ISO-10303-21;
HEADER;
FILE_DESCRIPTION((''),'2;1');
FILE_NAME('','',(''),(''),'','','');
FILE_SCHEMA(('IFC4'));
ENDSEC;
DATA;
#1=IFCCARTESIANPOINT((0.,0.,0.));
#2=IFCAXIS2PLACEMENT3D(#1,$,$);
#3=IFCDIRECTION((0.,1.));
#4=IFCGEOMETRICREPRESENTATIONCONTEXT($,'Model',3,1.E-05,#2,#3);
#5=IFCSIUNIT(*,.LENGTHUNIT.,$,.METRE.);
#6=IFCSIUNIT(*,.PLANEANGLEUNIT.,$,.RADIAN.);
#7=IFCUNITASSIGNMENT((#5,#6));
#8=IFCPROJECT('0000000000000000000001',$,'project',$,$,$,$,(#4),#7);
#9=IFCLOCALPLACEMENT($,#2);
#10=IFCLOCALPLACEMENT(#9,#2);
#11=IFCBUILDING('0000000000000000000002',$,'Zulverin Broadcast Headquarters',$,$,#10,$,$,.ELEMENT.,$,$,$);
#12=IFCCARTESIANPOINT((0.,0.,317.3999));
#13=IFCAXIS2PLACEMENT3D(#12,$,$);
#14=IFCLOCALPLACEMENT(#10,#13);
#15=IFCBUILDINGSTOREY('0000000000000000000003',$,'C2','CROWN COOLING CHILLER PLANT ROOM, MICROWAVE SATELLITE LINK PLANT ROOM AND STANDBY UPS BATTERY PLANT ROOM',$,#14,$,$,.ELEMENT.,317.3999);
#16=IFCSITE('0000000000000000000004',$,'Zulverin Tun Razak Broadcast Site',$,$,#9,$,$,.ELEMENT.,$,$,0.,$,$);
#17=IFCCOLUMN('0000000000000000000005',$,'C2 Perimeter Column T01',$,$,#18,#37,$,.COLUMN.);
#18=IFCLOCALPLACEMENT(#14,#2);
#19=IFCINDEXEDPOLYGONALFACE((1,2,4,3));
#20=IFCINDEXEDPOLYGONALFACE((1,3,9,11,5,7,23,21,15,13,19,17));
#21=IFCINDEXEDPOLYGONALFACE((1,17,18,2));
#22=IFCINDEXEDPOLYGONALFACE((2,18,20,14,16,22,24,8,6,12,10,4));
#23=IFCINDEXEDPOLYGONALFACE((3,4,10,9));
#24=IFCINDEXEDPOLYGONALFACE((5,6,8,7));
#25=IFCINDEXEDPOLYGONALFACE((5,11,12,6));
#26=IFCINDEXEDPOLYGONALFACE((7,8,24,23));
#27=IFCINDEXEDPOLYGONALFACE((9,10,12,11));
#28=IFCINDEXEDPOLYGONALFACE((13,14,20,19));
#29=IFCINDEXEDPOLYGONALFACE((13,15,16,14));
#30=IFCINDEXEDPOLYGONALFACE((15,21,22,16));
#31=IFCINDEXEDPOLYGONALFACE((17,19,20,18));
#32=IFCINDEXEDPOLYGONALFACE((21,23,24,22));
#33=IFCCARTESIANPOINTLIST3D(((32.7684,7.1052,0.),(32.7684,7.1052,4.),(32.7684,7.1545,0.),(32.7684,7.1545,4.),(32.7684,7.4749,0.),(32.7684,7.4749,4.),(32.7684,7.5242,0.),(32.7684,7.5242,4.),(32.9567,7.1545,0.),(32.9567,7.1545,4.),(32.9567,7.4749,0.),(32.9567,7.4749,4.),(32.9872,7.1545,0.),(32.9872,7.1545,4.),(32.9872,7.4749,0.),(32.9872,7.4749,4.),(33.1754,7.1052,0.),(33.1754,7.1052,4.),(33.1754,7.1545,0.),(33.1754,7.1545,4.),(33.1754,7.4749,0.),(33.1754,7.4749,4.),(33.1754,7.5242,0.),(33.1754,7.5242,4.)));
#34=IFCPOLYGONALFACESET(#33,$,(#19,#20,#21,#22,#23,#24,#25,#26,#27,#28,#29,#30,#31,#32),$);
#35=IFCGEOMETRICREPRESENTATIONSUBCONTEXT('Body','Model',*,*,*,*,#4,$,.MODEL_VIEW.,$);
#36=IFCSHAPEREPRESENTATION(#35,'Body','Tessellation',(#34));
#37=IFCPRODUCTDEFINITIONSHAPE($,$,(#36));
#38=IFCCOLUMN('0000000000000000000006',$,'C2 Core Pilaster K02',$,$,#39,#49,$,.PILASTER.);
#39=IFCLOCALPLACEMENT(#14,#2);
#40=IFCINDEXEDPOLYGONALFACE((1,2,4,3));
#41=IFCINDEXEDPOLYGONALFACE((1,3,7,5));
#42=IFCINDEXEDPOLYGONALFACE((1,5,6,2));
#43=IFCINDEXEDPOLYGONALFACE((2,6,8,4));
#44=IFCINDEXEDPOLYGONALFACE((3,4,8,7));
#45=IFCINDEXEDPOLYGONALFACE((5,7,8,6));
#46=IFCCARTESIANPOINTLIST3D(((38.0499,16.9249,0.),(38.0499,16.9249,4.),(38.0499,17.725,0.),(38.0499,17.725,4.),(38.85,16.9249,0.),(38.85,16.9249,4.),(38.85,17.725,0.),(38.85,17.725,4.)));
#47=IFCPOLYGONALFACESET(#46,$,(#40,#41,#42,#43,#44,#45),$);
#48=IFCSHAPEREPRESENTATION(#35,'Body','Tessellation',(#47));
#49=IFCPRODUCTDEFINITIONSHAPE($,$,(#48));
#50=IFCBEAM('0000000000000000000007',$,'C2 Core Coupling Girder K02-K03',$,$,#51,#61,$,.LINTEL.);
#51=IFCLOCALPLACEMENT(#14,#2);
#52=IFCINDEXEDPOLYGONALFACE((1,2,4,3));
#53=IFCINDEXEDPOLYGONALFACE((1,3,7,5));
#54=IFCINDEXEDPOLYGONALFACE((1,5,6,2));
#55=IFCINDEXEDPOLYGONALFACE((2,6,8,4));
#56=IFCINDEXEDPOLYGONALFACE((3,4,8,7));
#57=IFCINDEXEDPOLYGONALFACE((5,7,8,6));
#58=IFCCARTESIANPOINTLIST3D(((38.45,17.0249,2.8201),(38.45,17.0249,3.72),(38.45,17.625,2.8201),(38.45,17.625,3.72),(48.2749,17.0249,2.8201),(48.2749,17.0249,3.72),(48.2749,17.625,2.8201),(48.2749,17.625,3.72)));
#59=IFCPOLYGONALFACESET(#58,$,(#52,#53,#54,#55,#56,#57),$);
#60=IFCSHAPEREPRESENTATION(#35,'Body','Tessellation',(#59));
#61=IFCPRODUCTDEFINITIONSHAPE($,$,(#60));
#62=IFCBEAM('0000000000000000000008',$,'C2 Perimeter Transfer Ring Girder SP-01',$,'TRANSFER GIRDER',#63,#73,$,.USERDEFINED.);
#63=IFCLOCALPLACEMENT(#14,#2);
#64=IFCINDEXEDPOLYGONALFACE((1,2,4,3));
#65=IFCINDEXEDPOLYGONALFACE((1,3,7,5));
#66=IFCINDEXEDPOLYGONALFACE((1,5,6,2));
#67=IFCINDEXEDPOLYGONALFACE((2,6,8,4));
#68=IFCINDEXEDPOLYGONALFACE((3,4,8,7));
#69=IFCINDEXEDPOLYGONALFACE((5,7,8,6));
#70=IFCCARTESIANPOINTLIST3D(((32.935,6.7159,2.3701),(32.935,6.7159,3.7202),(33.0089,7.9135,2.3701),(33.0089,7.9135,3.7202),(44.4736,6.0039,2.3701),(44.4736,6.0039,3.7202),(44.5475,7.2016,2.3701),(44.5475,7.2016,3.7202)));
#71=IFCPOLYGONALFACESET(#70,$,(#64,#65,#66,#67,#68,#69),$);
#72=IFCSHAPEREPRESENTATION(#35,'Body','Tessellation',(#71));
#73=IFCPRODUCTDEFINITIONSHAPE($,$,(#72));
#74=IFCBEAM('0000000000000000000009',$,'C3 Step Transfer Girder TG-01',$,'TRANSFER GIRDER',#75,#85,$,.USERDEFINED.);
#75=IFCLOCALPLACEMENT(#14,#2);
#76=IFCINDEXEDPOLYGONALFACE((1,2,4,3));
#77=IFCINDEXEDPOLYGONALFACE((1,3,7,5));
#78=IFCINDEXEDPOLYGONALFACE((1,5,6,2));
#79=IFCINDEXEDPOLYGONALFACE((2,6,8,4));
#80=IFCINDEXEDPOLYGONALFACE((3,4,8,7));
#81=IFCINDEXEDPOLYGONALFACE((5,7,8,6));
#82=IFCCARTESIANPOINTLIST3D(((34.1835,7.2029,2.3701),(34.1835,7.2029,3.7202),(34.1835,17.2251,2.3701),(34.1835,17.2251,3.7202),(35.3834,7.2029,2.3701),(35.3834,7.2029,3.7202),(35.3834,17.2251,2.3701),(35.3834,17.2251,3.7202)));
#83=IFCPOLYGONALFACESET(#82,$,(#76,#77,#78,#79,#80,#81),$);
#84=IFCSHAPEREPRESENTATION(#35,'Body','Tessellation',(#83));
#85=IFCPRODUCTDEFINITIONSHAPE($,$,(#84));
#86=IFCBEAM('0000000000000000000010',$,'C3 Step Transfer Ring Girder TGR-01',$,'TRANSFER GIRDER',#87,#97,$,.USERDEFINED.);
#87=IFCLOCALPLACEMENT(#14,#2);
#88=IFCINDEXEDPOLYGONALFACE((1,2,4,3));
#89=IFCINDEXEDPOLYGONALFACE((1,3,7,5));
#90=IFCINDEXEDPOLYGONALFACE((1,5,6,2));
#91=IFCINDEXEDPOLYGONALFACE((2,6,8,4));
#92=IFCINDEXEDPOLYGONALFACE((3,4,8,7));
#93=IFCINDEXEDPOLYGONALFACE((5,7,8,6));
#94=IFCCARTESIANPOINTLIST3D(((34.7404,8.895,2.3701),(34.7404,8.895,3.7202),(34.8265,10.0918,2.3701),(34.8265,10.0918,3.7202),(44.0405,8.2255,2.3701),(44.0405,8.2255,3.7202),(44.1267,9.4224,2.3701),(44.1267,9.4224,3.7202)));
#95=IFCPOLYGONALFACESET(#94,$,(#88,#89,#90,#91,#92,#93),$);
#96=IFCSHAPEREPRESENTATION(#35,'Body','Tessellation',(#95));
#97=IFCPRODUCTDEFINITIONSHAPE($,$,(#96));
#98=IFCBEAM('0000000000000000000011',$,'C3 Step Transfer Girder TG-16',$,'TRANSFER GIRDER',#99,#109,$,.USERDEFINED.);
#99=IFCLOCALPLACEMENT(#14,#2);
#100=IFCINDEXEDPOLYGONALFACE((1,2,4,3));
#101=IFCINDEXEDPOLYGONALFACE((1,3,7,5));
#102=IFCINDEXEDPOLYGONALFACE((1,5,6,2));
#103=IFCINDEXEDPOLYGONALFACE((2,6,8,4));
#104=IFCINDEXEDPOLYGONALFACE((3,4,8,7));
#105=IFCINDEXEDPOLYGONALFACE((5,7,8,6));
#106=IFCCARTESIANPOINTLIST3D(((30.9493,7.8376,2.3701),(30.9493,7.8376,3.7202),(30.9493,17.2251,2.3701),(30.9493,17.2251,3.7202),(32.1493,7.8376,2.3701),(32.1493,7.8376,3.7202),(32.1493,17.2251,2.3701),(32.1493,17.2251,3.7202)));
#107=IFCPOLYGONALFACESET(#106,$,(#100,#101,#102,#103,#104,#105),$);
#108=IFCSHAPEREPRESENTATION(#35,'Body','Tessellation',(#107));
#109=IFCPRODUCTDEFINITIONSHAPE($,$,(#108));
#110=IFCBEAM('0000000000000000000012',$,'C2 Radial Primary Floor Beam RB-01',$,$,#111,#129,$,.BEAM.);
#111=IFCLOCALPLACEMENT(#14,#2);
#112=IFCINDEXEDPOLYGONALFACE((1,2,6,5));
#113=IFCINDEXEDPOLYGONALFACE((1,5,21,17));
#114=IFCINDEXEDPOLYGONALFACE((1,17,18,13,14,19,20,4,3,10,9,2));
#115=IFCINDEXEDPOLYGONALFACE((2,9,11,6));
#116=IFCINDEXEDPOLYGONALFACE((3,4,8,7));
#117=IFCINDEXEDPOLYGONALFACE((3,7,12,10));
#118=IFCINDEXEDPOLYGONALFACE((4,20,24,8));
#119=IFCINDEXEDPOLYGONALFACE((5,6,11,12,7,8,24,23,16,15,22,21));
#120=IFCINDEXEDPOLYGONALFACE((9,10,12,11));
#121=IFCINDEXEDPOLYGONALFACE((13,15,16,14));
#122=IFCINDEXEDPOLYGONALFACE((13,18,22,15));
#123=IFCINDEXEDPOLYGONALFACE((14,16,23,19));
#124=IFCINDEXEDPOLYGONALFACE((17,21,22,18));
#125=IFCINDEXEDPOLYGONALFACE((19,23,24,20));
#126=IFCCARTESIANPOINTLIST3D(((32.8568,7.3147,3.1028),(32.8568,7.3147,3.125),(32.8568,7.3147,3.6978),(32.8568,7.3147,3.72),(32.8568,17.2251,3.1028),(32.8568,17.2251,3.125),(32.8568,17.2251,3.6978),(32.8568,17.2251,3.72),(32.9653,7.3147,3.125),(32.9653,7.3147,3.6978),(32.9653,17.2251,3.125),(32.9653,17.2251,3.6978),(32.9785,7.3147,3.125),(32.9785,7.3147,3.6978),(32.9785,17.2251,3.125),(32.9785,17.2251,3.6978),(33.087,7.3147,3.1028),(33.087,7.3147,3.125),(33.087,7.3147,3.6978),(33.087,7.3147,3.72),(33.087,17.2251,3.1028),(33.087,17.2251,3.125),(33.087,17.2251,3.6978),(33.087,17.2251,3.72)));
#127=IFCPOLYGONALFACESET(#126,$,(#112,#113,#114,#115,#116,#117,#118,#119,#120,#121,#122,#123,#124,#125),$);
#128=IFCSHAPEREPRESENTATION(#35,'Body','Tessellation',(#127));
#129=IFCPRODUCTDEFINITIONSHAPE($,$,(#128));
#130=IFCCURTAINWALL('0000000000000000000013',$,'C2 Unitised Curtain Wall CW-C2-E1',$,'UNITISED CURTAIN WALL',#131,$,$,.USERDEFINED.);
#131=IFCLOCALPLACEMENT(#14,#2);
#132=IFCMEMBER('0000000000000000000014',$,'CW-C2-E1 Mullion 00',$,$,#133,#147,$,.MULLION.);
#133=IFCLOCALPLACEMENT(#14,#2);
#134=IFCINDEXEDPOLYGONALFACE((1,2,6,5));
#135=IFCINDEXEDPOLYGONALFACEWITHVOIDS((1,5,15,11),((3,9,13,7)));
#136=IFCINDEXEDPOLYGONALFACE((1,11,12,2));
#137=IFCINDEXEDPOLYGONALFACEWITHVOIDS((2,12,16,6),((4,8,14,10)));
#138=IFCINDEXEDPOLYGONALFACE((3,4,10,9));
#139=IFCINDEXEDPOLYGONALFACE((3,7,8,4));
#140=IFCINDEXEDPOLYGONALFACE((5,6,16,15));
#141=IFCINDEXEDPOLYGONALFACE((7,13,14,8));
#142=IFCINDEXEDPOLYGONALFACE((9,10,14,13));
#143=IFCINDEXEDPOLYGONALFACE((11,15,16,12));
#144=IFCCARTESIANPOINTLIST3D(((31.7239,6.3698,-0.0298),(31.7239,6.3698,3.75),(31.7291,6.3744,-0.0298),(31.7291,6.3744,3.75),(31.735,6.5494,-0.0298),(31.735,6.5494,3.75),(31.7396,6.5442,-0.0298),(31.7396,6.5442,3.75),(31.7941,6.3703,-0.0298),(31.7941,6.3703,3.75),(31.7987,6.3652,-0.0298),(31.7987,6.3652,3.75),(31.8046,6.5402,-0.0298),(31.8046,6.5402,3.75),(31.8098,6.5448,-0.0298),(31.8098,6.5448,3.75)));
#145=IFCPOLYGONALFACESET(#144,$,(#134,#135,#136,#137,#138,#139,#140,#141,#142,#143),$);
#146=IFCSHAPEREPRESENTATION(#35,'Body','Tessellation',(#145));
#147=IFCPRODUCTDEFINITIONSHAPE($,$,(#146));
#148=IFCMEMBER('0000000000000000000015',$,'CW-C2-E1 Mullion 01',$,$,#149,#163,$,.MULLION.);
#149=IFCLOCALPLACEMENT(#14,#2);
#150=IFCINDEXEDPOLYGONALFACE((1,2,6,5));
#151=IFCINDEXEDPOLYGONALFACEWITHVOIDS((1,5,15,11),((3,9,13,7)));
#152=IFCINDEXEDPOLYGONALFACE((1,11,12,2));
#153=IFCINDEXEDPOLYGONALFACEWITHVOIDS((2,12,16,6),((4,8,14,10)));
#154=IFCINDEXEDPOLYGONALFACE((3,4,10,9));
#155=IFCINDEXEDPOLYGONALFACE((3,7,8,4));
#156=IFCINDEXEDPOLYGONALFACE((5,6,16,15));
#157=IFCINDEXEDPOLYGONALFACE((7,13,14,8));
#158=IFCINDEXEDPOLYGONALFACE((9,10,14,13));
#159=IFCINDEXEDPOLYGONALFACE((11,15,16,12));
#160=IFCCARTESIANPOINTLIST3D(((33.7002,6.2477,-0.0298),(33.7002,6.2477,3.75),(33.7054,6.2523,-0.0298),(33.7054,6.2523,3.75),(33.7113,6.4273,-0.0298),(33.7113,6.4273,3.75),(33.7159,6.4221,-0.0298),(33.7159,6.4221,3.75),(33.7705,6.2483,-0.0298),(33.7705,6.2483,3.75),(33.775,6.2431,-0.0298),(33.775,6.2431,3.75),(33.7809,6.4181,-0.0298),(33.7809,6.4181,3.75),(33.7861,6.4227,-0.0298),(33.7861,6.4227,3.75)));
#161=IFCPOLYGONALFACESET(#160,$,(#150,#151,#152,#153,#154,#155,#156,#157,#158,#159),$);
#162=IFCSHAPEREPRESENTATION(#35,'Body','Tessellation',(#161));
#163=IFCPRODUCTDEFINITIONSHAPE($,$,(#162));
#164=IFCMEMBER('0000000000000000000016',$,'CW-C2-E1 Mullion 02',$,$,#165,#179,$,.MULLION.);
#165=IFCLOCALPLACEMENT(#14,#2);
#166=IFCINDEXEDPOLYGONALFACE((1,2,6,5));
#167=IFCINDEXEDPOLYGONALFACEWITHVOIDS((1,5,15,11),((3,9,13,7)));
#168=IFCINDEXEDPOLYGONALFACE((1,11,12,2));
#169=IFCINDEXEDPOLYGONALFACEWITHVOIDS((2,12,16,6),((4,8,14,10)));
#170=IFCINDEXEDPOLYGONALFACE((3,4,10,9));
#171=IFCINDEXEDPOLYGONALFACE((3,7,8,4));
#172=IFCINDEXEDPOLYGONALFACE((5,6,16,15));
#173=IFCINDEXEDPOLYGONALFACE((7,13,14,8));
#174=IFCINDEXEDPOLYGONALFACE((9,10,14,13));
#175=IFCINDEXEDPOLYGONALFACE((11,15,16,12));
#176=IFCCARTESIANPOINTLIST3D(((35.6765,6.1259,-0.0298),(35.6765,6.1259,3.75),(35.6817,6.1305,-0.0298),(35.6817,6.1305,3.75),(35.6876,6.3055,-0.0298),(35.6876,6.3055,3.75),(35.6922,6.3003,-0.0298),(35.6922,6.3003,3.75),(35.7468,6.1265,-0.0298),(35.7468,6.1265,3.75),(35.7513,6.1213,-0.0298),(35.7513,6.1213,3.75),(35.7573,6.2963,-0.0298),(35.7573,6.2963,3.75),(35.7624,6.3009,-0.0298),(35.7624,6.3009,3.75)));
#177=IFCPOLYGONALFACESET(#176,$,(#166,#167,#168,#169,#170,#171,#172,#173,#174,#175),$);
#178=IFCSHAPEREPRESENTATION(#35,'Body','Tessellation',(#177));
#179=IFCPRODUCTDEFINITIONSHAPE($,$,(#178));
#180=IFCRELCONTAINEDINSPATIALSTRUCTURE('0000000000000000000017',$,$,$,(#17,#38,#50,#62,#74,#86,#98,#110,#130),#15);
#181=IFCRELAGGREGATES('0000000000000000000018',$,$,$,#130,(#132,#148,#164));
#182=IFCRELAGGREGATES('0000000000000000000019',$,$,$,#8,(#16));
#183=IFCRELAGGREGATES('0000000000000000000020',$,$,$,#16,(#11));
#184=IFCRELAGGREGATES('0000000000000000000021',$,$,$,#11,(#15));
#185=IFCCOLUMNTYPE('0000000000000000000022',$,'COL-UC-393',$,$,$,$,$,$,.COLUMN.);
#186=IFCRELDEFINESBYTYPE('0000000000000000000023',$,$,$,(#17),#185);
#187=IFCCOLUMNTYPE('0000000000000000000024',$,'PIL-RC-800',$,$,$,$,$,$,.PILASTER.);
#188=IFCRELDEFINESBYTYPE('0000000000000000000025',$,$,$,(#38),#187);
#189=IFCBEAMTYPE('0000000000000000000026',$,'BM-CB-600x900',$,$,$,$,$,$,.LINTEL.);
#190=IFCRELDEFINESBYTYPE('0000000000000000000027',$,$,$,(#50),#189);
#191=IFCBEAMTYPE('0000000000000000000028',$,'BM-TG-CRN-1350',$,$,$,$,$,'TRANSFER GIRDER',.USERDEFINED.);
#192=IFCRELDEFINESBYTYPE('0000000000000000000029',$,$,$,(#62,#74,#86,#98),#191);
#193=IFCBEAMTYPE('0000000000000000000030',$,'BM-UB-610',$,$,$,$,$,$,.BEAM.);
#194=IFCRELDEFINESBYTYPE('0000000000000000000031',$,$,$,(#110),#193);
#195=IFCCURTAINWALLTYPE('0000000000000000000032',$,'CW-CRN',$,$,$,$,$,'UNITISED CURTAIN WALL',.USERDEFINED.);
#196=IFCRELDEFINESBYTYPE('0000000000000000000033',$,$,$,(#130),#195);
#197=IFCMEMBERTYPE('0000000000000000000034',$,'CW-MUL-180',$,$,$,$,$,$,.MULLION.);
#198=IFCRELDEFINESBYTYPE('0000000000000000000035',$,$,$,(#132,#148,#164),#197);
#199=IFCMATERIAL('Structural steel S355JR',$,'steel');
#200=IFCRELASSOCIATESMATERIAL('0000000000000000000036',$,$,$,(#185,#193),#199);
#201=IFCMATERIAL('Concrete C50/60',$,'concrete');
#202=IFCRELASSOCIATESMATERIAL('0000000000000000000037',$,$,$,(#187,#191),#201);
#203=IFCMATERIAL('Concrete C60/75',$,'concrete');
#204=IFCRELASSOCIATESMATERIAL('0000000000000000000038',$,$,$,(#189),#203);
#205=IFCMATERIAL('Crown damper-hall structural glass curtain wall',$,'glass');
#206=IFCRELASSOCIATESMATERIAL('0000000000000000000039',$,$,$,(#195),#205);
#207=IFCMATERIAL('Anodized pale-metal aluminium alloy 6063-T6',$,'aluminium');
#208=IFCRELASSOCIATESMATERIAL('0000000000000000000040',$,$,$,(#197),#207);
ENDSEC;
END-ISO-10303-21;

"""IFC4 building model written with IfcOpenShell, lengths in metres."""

from ifc_helpers import new_model, si_unit, direction, frame, origin, origin_2d, place, context, subcontext, project, spatial, rectangle, hollow_rectangle, i_section, extrude, material, material_profile, profile_set, type_object, element, aggregate, save


model = new_model("IFC4")

# Units and contexts
model_context = context("Model", 3, precision=1e-05, world=origin(), true_north=direction((0.0, 1.0)))
body_context = subcontext(model_context, "Body", "Model", "MODEL_VIEW")
ifc_project = project(units=[si_unit("LENGTHUNIT", "METRE"), si_unit("PLANEANGLEUNIT", "RADIAN")], contexts=[model_context])

# Site, building, storey
site_placement = place(None, origin())
site = spatial("IfcSite", under=ifc_project, at=site_placement, Name="Zulverin Tun Razak Broadcast Site", CompositionType="ELEMENT", RefElevation=0.0)
building_placement = place(site_placement, origin())
building = spatial("IfcBuilding", under=site, at=building_placement, Name="Zulverin Broadcast Headquarters", CompositionType="ELEMENT")
storey_placement = place(building_placement, frame((0.0, 0.0, 317.3999)))
storey = spatial("IfcBuildingStorey", under=building, at=storey_placement, Name="C2", Description="CROWN COOLING CHILLER PLANT ROOM, MICROWAVE SATELLITE LINK PLANT ROOM AND STANDBY UPS BATTERY PLANT ROOM", CompositionType="ELEMENT", Elevation=317.3999)

# Columns
ifc_material_1 = material(Name="Structural steel S355JR", Category="steel")
ifc_material_profile_1 = material_profile(ifc_material_1, i_section(OverallWidth=0.407, OverallDepth=0.4189, WebThickness=0.0305, FlangeThickness=0.0493, at=origin_2d()), Name="Structural steel S355JR", Category="steel")
ifc_profile_set_1 = profile_set([ifc_material_profile_1], Name="Structural steel S355JR")
column_type_1 = type_object("IfcColumnType", Name="COL-UC-393", PredefinedType="COLUMN", material=ifc_profile_set_1)
column_1_placement = place(storey_placement, frame((32.9719, 7.3147, 0.0), z_axis=(0.0, 0.0, 1.0), x_axis=(1.0, 0.0, 0.0)))
element("IfcColumn", 1, at=column_1_placement, inside=storey, type_object=column_type_1, Name="C2 Perimeter Column T01", PredefinedType="COLUMN", context=body_context, shape_type="SweptSolid", body=[
    extrude(i_section(OverallWidth=0.407, OverallDepth=0.4189, WebThickness=0.0305, FlangeThickness=0.0493, at=origin_2d()), origin(), (0.0, 0.0, 1.0), 4.0),
])
ifc_material_2 = material(Name="Concrete C50/60", Category="concrete")
ifc_material_profile_2 = material_profile(ifc_material_2, rectangle(XDim=0.8, YDim=0.8, at=origin_2d()), Name="Concrete C50/60", Category="concrete")
ifc_profile_set_2 = profile_set([ifc_material_profile_2], Name="Concrete C50/60")
column_type_2 = type_object("IfcColumnType", Name="PIL-RC-800", PredefinedType="PILASTER", material=ifc_profile_set_2)
column_2_placement = place(storey_placement, frame((38.45, 17.325, 0.0), z_axis=(0.0, 0.0, 1.0), x_axis=(1.0, 0.0, 0.0)))
element("IfcColumn", 2, at=column_2_placement, inside=storey, type_object=column_type_2, Name="C2 Core Pilaster K02", PredefinedType="PILASTER", context=body_context, shape_type="SweptSolid", body=[
    extrude(rectangle(XDim=0.8, YDim=0.8, at=origin_2d()), origin(), (0.0, 0.0, 1.0), 4.0),
])

# Beams
ifc_material_3 = material(Name="Concrete C60/75", Category="concrete")
ifc_material_profile_3 = material_profile(ifc_material_3, rectangle(XDim=0.6001, YDim=0.8999, at=origin_2d()), Name="Concrete C60/75", Category="concrete")
ifc_profile_set_3 = profile_set([ifc_material_profile_3], Name="Concrete C60/75")
beam_type_1 = type_object("IfcBeamType", Name="BM-CB-600x900", PredefinedType="LINTEL", material=ifc_profile_set_3)
beam_1_placement = place(storey_placement, frame((38.45, 17.325, 3.27), z_axis=(1.0, 0.0, 0.0), x_axis=(0.0, 1.0, 0.0)))
element("IfcBeam", 3, at=beam_1_placement, inside=storey, type_object=beam_type_1, Name="C2 Core Coupling Girder K02-K03", PredefinedType="LINTEL", context=body_context, shape_type="SweptSolid", body=[
    extrude(rectangle(XDim=0.6001, YDim=0.8999, at=origin_2d()), origin(), (0.0, 0.0, 1.0), 9.825),
])
ifc_material_profile_4 = material_profile(ifc_material_2, rectangle(XDim=1.2, YDim=1.3501, at=origin_2d()), Name="Concrete C50/60", Category="concrete")
ifc_profile_set_4 = profile_set([ifc_material_profile_4], Name="Concrete C50/60")
beam_type_2 = type_object("IfcBeamType", Name="BM-TG-CRN-1350", ElementType="TRANSFER GIRDER", PredefinedType="USERDEFINED", material=ifc_profile_set_4)
beam_2_placement = place(storey_placement, frame((32.9719, 7.3147, 3.0452), z_axis=(0.998102, -0.061582, 0.0), x_axis=(0.061582, 0.998102, 0.0)))
element("IfcBeam", 4, at=beam_2_placement, inside=storey, type_object=beam_type_2, Name="C2 Perimeter Transfer Ring Girder SP-01", ObjectType="TRANSFER GIRDER", PredefinedType="USERDEFINED", context=body_context, shape_type="SweptSolid", body=[
    extrude(rectangle(XDim=1.2, YDim=1.3501, at=origin_2d()), origin(), (0.0, 0.0, 1.0), 11.5605),
])
beam_3_placement = place(storey_placement, frame((34.7834, 17.2251, 3.0452), z_axis=(0.0, -1.0, 0.0), x_axis=(1.0, 0.0, 0.0)))
element("IfcBeam", 5, at=beam_3_placement, inside=storey, type_object=beam_type_2, Name="C3 Step Transfer Girder TG-01", ObjectType="TRANSFER GIRDER", PredefinedType="USERDEFINED", context=body_context, shape_type="SweptSolid", body=[
    extrude(rectangle(XDim=1.2, YDim=1.3501, at=origin_2d()), origin(), (0.0, 0.0, 1.0), 10.0222),
])
beam_4_placement = place(storey_placement, frame((34.7834, 9.4934, 3.0452), z_axis=(0.997419, -0.071796, 0.0), x_axis=(0.071796, 0.997419, 0.0)))
element("IfcBeam", 6, at=beam_4_placement, inside=storey, type_object=beam_type_2, Name="C3 Step Transfer Ring Girder TGR-01", ObjectType="TRANSFER GIRDER", PredefinedType="USERDEFINED", context=body_context, shape_type="SweptSolid", body=[
    extrude(rectangle(XDim=1.2, YDim=1.3501, at=origin_2d()), origin(), (0.0, 0.0, 1.0), 9.3242),
])
beam_5_placement = place(storey_placement, frame((31.5493, 17.2251, 3.0452), z_axis=(0.0, -1.0, 0.0), x_axis=(1.0, 0.0, 0.0)))
element("IfcBeam", 7, at=beam_5_placement, inside=storey, type_object=beam_type_2, Name="C3 Step Transfer Girder TG-16", ObjectType="TRANSFER GIRDER", PredefinedType="USERDEFINED", context=body_context, shape_type="SweptSolid", body=[
    extrude(rectangle(XDim=1.2, YDim=1.3501, at=origin_2d()), origin(), (0.0, 0.0, 1.0), 9.3875),
])
ifc_material_profile_5 = material_profile(ifc_material_1, i_section(OverallWidth=0.2302, OverallDepth=0.6172, WebThickness=0.0132, FlangeThickness=0.0222, at=origin_2d()), Name="Structural steel S355JR", Category="steel")
ifc_profile_set_5 = profile_set([ifc_material_profile_5], Name="Structural steel S355JR")
beam_type_3 = type_object("IfcBeamType", Name="BM-UB-610", PredefinedType="BEAM", material=ifc_profile_set_5)
beam_6_placement = place(storey_placement, frame((32.9719, 17.2251, 3.4114), z_axis=(0.0, -1.0, 0.0), x_axis=(1.0, 0.0, 0.0)))
element("IfcBeam", 8, at=beam_6_placement, inside=storey, type_object=beam_type_3, Name="C2 Radial Primary Floor Beam RB-01", PredefinedType="BEAM", context=body_context, shape_type="SweptSolid", body=[
    extrude(i_section(OverallWidth=0.2302, OverallDepth=0.6172, WebThickness=0.0132, FlangeThickness=0.0222, at=origin_2d()), origin(), (0.0, 0.0, 1.0), 9.9104),
])

# Curtain wall, members
ifc_material_4 = material(Name="Crown damper-hall structural glass curtain wall", Category="glass")
curtain_wall_type = type_object("IfcCurtainWallType", Name="CW-CRN", ElementType="UNITISED CURTAIN WALL", PredefinedType="USERDEFINED", material=ifc_material_4)
curtain_wall_placement = place(storey_placement, origin())
curtain_wall = element("IfcCurtainWall", 9, at=curtain_wall_placement, inside=storey, type_object=curtain_wall_type, Name="C2 Unitised Curtain Wall CW-C2-E1", ObjectType="UNITISED CURTAIN WALL", PredefinedType="USERDEFINED")
ifc_material_5 = material(Name="Anodized pale-metal aluminium alloy 6063-T6", Category="aluminium")
ifc_material_profile_6 = material_profile(ifc_material_5, hollow_rectangle(XDim=0.075, YDim=0.1799, WallThickness=0.0049, at=origin_2d()), Name="Anodized pale-metal aluminium alloy 6063-T6", Category="aluminium")
ifc_profile_set_6 = profile_set([ifc_material_profile_6], Name="Anodized pale-metal aluminium alloy 6063-T6")
member_type_1 = type_object("IfcMemberType", Name="CW-MUL-180", PredefinedType="MULLION", material=ifc_profile_set_6)
member_1_placement = place(storey_placement, frame((31.7668, 6.4573, -0.0298), z_axis=(0.0, 0.0, 1.0), x_axis=(0.998103, -0.061571, 0.0)))
member_1 = element("IfcMember", 10, at=member_1_placement, type_object=member_type_1, Name="CW-C2-E1 Mullion 00", PredefinedType="MULLION", context=body_context, shape_type="SweptSolid", body=[
    extrude(hollow_rectangle(XDim=0.075, YDim=0.1799, WallThickness=0.0049, at=origin_2d()), origin(), (0.0, 0.0, 1.0), 3.7798),
])
member_2_placement = place(storey_placement, frame((33.7432, 6.3352, -0.0298), z_axis=(0.0, 0.0, 1.0), x_axis=(0.998103, -0.061571, 0.0)))
member_2 = element("IfcMember", 11, at=member_2_placement, type_object=member_type_1, Name="CW-C2-E1 Mullion 01", PredefinedType="MULLION", context=body_context, shape_type="SweptSolid", body=[
    extrude(hollow_rectangle(XDim=0.075, YDim=0.1799, WallThickness=0.0049, at=origin_2d()), origin(), (0.0, 0.0, 1.0), 3.7798),
])
member_3_placement = place(storey_placement, frame((35.7195, 6.2134, -0.0298), z_axis=(0.0, 0.0, 1.0), x_axis=(0.998103, -0.061571, 0.0)))
member_3 = element("IfcMember", 12, at=member_3_placement, type_object=member_type_1, Name="CW-C2-E1 Mullion 02", PredefinedType="MULLION", context=body_context, shape_type="SweptSolid", body=[
    extrude(hollow_rectangle(XDim=0.075, YDim=0.1799, WallThickness=0.0049, at=origin_2d()), origin(), (0.0, 0.0, 1.0), 3.7798),
])
aggregate(curtain_wall, [member_1, member_2, member_3])

save(model, "model.ifc")
